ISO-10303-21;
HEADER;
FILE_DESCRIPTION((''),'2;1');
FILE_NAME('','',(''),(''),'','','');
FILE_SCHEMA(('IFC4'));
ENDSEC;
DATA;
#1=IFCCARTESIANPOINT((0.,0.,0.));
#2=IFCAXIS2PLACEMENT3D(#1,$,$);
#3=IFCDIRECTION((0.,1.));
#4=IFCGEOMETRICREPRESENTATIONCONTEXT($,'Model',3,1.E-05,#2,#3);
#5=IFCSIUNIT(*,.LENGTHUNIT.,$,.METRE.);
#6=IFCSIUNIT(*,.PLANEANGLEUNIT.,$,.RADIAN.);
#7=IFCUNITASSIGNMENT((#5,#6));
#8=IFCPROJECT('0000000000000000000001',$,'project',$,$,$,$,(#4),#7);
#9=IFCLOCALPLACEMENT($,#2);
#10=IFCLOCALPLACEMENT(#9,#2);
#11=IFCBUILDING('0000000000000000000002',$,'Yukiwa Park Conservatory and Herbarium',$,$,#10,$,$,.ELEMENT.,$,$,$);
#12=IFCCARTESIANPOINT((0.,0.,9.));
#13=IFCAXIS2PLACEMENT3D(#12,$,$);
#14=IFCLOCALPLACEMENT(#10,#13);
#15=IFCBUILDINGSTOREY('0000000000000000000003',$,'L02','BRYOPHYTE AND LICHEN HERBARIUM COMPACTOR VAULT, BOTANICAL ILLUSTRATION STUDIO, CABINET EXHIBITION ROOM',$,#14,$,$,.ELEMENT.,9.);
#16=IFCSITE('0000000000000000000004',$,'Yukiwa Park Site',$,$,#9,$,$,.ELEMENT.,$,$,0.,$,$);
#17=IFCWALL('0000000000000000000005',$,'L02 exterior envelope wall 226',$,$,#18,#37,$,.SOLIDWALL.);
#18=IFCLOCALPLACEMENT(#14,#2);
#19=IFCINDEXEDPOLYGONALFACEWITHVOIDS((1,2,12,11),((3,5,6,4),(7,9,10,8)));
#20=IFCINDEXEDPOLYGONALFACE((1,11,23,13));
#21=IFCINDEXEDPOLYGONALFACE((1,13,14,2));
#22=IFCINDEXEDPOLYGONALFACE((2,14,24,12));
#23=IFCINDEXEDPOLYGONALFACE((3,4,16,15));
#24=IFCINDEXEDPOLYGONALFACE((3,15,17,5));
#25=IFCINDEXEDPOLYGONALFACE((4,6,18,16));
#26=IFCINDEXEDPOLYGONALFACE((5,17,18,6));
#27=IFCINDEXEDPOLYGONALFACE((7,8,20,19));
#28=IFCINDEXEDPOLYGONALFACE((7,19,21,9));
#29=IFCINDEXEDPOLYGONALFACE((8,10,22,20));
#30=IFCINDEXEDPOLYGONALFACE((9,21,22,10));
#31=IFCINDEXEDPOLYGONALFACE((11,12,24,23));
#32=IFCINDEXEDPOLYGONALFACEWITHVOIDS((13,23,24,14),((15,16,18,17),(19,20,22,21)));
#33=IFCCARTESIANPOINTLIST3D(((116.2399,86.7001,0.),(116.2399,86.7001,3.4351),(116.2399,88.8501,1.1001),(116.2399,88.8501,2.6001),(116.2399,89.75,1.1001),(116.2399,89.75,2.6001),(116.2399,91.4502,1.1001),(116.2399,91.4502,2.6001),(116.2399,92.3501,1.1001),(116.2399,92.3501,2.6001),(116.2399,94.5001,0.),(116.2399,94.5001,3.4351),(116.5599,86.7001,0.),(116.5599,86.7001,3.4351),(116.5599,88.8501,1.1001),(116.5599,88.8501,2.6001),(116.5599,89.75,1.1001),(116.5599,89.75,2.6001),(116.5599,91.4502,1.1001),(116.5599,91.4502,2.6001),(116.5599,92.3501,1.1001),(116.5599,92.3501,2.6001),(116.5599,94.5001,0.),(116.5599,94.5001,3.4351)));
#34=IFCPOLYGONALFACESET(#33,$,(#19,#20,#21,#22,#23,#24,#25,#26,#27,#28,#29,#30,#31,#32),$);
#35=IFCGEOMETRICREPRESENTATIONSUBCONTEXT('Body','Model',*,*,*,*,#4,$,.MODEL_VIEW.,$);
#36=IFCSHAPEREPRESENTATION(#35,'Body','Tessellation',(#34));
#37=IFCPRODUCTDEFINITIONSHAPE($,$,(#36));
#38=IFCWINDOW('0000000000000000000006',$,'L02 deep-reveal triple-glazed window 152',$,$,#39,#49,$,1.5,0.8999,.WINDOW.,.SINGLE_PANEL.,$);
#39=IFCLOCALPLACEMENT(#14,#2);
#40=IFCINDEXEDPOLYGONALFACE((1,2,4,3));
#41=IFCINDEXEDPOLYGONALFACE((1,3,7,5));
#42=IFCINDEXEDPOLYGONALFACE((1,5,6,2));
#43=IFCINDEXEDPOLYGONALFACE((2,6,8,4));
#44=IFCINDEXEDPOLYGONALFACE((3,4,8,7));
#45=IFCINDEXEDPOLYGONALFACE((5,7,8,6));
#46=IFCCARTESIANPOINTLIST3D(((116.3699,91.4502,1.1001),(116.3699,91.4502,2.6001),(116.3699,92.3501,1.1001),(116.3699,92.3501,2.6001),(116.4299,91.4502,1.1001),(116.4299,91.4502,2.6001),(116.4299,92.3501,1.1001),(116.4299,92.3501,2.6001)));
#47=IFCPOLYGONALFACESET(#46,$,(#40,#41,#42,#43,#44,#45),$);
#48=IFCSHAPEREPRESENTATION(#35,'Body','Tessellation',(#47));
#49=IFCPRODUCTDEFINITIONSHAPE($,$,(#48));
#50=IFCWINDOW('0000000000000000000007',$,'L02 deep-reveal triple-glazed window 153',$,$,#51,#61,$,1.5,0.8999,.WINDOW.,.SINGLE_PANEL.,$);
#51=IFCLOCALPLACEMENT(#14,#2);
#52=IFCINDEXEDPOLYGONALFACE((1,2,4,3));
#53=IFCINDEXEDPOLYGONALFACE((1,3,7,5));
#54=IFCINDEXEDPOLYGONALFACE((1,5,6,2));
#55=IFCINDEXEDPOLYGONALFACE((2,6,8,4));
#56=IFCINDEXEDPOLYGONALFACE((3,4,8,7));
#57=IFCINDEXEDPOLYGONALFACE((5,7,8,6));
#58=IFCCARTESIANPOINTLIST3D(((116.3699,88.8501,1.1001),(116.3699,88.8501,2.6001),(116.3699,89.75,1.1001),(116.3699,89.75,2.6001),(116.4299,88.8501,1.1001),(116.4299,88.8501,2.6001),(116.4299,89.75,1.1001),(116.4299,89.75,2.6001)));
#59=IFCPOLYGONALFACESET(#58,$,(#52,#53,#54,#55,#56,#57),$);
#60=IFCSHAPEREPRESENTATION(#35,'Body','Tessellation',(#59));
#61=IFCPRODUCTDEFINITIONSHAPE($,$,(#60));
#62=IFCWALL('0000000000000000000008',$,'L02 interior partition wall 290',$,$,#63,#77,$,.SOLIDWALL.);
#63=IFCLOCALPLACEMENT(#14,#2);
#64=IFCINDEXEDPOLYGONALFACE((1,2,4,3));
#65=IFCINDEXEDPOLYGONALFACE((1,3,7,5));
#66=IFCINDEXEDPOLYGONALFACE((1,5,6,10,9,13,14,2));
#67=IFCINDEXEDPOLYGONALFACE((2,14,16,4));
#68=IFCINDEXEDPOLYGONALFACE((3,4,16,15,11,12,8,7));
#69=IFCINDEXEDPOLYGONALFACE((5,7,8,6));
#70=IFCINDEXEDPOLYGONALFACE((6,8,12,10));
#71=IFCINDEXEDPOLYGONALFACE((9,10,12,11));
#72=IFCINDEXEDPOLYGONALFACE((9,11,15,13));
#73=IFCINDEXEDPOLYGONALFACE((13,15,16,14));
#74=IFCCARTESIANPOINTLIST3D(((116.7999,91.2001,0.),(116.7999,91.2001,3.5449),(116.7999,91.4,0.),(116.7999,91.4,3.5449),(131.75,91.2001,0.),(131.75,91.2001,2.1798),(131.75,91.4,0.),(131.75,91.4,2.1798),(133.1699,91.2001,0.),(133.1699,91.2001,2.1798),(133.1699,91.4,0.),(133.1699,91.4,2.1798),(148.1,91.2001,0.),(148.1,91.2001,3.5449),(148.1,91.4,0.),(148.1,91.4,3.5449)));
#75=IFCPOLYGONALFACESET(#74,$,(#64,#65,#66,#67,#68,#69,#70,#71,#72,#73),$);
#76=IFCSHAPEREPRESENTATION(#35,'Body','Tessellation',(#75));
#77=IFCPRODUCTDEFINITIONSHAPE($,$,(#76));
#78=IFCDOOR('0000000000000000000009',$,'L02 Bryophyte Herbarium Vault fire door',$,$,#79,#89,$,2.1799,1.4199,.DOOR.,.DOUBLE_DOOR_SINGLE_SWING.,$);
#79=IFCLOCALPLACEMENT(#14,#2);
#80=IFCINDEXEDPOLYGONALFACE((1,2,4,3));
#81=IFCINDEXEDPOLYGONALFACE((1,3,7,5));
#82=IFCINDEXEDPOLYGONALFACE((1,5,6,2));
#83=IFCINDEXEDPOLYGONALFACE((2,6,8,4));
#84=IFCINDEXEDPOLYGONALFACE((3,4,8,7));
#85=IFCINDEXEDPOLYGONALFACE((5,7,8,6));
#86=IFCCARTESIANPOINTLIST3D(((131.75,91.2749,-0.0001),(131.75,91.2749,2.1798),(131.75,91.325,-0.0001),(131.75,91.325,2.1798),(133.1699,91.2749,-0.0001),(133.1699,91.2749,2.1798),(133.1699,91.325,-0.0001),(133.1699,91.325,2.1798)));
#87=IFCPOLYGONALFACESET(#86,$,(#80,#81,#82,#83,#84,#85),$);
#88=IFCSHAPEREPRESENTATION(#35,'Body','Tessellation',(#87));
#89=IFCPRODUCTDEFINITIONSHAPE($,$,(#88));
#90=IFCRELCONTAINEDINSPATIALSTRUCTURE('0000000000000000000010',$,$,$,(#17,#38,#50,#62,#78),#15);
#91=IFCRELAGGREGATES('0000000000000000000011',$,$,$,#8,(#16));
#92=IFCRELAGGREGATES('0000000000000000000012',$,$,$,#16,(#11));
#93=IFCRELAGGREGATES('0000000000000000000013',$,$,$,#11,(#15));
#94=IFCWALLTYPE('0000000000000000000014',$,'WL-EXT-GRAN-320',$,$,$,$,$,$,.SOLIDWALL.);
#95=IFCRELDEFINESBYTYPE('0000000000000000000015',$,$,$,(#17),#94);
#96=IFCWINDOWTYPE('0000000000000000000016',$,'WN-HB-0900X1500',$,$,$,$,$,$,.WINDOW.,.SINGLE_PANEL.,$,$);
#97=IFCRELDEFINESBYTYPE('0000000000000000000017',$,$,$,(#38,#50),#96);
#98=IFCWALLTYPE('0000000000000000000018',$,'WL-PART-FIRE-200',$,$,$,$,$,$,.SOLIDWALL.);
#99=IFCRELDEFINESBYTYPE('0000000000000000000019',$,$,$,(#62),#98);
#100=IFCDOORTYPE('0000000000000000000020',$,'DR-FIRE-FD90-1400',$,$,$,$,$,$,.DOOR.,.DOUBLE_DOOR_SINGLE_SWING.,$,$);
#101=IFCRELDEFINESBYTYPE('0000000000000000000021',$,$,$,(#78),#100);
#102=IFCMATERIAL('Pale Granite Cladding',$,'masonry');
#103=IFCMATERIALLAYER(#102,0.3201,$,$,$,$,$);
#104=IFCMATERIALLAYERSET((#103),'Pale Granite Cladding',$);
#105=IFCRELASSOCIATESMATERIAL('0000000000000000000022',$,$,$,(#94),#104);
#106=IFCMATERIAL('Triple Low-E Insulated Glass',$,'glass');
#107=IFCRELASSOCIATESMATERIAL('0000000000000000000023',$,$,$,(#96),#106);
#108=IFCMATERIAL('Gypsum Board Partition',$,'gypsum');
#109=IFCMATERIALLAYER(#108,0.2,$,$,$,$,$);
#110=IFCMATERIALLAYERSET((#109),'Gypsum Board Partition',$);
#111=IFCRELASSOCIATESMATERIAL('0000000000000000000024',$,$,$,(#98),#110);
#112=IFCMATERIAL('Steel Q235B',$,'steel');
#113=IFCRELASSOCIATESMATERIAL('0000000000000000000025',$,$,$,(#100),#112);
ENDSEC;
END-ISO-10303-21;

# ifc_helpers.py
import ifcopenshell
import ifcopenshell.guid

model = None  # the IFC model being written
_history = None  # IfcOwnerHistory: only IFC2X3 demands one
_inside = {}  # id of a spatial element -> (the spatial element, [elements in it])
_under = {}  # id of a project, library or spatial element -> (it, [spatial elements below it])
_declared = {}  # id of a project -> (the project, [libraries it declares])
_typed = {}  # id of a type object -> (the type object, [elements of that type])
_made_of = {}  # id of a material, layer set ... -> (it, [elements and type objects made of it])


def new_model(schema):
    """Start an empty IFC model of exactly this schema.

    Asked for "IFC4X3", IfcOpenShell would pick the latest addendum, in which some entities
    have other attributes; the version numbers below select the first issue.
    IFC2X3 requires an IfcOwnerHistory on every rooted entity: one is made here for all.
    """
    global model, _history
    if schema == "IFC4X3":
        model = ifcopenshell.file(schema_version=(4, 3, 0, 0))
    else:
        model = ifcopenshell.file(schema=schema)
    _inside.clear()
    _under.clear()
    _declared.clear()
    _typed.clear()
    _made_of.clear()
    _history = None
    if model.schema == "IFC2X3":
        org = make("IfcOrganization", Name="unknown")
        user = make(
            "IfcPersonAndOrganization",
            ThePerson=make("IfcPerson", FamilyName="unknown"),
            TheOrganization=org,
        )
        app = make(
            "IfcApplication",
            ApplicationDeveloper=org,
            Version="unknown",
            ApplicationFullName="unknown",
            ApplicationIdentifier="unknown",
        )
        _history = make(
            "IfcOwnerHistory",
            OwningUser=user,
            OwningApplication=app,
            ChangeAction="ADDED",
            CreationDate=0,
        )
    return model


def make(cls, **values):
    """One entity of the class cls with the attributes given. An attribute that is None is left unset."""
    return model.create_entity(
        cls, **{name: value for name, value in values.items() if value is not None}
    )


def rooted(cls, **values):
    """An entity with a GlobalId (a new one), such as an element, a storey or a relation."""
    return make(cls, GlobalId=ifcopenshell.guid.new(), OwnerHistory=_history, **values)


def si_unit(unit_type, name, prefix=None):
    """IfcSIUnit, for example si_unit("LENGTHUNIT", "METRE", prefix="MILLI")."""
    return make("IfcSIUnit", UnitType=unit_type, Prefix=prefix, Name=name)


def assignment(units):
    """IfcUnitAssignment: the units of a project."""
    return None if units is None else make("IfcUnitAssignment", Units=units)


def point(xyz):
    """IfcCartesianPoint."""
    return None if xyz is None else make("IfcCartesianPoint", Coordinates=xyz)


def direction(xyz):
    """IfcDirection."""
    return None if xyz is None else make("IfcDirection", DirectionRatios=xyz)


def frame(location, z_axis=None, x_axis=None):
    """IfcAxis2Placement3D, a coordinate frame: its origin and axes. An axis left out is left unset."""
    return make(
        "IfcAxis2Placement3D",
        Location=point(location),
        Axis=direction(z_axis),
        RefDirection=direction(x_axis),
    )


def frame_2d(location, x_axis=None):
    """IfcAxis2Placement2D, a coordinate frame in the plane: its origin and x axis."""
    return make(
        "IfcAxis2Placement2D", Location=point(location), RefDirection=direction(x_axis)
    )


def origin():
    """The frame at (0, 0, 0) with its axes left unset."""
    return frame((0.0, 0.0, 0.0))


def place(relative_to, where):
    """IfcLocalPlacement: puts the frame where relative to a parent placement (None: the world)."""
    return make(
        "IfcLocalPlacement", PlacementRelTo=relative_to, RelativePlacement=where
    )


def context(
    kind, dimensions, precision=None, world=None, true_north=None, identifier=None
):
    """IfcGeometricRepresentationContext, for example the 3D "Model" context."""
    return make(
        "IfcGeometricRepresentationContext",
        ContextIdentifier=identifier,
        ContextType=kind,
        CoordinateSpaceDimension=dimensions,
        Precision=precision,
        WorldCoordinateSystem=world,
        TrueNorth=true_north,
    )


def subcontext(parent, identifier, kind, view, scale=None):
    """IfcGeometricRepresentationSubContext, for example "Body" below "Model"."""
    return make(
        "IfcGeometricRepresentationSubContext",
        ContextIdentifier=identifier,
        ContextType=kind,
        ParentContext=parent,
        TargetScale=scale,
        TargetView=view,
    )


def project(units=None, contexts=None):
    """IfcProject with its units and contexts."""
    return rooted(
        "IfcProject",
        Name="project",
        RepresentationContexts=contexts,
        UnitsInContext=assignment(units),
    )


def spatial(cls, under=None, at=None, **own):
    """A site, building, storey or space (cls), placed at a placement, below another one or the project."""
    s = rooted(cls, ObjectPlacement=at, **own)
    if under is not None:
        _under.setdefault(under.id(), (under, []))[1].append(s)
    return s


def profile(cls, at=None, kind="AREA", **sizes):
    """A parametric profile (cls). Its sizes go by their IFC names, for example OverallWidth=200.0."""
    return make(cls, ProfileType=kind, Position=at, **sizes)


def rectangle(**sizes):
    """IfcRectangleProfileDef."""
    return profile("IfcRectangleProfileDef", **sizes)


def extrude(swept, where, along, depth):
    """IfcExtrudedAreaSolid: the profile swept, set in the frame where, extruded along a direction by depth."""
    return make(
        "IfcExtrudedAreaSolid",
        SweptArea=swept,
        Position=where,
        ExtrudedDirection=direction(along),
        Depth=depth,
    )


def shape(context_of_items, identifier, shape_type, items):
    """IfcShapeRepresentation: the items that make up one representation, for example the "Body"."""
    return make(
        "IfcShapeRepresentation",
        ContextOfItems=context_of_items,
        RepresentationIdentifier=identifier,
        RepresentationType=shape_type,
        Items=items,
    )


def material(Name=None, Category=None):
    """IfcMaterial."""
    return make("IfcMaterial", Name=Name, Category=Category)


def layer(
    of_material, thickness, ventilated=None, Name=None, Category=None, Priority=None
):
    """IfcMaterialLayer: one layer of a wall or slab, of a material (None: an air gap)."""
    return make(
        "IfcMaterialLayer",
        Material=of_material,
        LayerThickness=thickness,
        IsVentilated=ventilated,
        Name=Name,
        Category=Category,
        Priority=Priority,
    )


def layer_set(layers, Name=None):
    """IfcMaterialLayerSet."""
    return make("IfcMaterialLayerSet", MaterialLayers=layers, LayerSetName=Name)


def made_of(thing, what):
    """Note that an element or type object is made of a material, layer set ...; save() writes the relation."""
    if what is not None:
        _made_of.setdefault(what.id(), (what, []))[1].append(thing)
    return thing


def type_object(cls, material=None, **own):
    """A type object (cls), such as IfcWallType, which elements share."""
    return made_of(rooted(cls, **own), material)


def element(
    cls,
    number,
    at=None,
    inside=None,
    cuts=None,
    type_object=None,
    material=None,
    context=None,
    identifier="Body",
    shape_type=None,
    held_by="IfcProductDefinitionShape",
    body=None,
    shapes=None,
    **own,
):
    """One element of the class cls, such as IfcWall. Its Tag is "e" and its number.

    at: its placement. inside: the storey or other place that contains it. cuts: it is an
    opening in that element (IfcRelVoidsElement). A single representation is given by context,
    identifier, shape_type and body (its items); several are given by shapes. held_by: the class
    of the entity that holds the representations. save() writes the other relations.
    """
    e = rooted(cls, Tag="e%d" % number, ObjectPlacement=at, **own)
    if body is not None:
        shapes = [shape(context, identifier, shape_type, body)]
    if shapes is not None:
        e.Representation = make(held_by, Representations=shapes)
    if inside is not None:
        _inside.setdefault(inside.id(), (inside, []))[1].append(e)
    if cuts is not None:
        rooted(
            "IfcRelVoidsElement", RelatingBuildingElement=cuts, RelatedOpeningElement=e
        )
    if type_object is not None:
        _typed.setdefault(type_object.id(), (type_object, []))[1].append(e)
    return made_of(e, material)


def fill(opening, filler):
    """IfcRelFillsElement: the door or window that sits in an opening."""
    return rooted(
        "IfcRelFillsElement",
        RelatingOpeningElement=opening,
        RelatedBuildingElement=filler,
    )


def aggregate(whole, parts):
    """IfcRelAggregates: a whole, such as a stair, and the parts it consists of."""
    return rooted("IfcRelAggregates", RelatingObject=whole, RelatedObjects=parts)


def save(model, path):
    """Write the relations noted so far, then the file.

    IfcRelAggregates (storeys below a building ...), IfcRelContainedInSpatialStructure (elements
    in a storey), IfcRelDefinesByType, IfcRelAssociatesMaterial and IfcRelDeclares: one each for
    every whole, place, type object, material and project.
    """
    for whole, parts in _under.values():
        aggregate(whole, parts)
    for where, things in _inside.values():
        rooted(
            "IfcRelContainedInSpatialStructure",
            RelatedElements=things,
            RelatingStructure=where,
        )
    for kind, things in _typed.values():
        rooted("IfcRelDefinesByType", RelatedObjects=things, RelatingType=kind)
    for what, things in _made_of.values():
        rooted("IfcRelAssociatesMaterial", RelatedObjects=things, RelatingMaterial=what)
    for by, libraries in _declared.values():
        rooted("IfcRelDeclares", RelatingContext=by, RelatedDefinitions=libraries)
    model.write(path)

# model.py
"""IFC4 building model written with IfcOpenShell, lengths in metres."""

from ifc_helpers import new_model, si_unit, direction, frame, frame_2d, origin, place, context, subcontext, project, spatial, rectangle, extrude, material, layer, layer_set, type_object, element, fill, save


model = new_model("IFC4")

# Units and contexts
model_context = context("Model", 3, precision=1e-05, world=origin(), true_north=direction((0.0, 1.0)))
body_context = subcontext(model_context, "Body", "Model", "MODEL_VIEW")
ifc_project = project(units=[si_unit("LENGTHUNIT", "METRE"), si_unit("PLANEANGLEUNIT", "RADIAN")], contexts=[model_context])

# Site, building, storey
site_placement = place(None, origin())
site = spatial("IfcSite", under=ifc_project, at=site_placement, Name="Yukiwa Park Site", CompositionType="ELEMENT", RefElevation=0.0)
building_placement = place(site_placement, origin())
building = spatial("IfcBuilding", under=site, at=building_placement, Name="Yukiwa Park Conservatory and Herbarium", CompositionType="ELEMENT")
storey_placement = place(building_placement, frame((0.0, 0.0, 9.0)))
storey = spatial("IfcBuildingStorey", under=building, at=storey_placement, Name="L02", Description="BRYOPHYTE AND LICHEN HERBARIUM COMPACTOR VAULT, BOTANICAL ILLUSTRATION STUDIO, CABINET EXHIBITION ROOM", CompositionType="ELEMENT", Elevation=9.0)

# Wall, openings, windows
ifc_material_1 = material(Name="Pale Granite Cladding", Category="masonry")
ifc_layer_1 = layer(ifc_material_1, 0.3201)
ifc_layer_set_1 = layer_set([ifc_layer_1], Name="Pale Granite Cladding")
wall_type_1 = type_object("IfcWallType", Name="WL-EXT-GRAN-320", PredefinedType="SOLIDWALL", material=ifc_layer_set_1)
wall_1_placement = place(storey_placement, frame((116.3999, 94.5, 0.0), z_axis=(0.0, 0.0, 1.0), x_axis=(0.0, -1.0, 0.0)))
wall_1 = element("IfcWall", 1, at=wall_1_placement, inside=storey, type_object=wall_type_1, Name="L02 exterior envelope wall 226", PredefinedType="SOLIDWALL", context=body_context, shape_type="SweptSolid", body=[
    extrude(rectangle(XDim=7.8, YDim=0.3201, at=frame_2d((3.8999, 0.0))), origin(), (0.0, 0.0, 1.0), 3.4351),
])
opening_1_placement = place(wall_1_placement, frame((2.1499, 0.0, 1.1001)))
opening_1 = element("IfcOpeningElement", 2, at=opening_1_placement, cuts=wall_1, PredefinedType="OPENING", context=body_context, shape_type="SweptSolid", body=[
    extrude(rectangle(XDim=0.8999, YDim=1.5, at=frame_2d((0.45, 0.75))), frame((0.0, 0.1699, 0.0), z_axis=(0.0, -1.0, 0.0), x_axis=(1.0, 0.0, 0.0)), (0.0, 0.0, 1.0), 0.3401),
])
opening_2_placement = place(wall_1_placement, frame((4.75, 0.0, 1.1001)))
opening_2 = element("IfcOpeningElement", 3, at=opening_2_placement, cuts=wall_1, PredefinedType="OPENING", context=body_context, shape_type="SweptSolid", body=[
    extrude(rectangle(XDim=0.8999, YDim=1.5, at=frame_2d((0.45, 0.75))), frame((0.0, 0.1699, 0.0), z_axis=(0.0, -1.0, 0.0), x_axis=(1.0, 0.0, 0.0)), (0.0, 0.0, 1.0), 0.3401),
])
ifc_material_2 = material(Name="Triple Low-E Insulated Glass", Category="glass")
window_type = type_object("IfcWindowType", Name="WN-HB-0900X1500", PartitioningType="SINGLE_PANEL", PredefinedType="WINDOW", material=ifc_material_2)
window_1_placement = place(opening_1_placement, origin())
window_1 = element("IfcWindow", 4, at=window_1_placement, inside=storey, type_object=window_type, Name="L02 deep-reveal triple-glazed window 152", OverallHeight=1.5, OverallWidth=0.8999, PartitioningType="SINGLE_PANEL", PredefinedType="WINDOW", context=body_context, shape_type="SweptSolid", body=[
    extrude(rectangle(XDim=0.8999, YDim=1.5, at=frame_2d((0.45, 0.75))), frame((0.0, 0.03, 0.0), z_axis=(0.0, -1.0, 0.0), x_axis=(1.0, 0.0, 0.0)), (0.0, 0.0, 1.0), 0.0601),
])
fill(opening_1, window_1)
window_2_placement = place(opening_2_placement, origin())
window_2 = element("IfcWindow", 5, at=window_2_placement, inside=storey, type_object=window_type, Name="L02 deep-reveal triple-glazed window 153", OverallHeight=1.5, OverallWidth=0.8999, PartitioningType="SINGLE_PANEL", PredefinedType="WINDOW", context=body_context, shape_type="SweptSolid", body=[
    extrude(rectangle(XDim=0.8999, YDim=1.5, at=frame_2d((0.45, 0.75))), frame((0.0, 0.03, 0.0), z_axis=(0.0, -1.0, 0.0), x_axis=(1.0, 0.0, 0.0)), (0.0, 0.0, 1.0), 0.0601),
])
fill(opening_2, window_2)

# Wall, opening, door
ifc_material_3 = material(Name="Gypsum Board Partition", Category="gypsum")
ifc_layer_2 = layer(ifc_material_3, 0.2)
ifc_layer_set_2 = layer_set([ifc_layer_2], Name="Gypsum Board Partition")
wall_type_2 = type_object("IfcWallType", Name="WL-PART-FIRE-200", PredefinedType="SOLIDWALL", material=ifc_layer_set_2)
wall_2_placement = place(storey_placement, frame((116.8, 91.3, 0.0), z_axis=(0.0, 0.0, 1.0), x_axis=(1.0, 0.0, 0.0)))
wall_2 = element("IfcWall", 6, at=wall_2_placement, inside=storey, type_object=wall_type_2, Name="L02 interior partition wall 290", PredefinedType="SOLIDWALL", context=body_context, shape_type="SweptSolid", body=[
    extrude(rectangle(XDim=31.3, YDim=0.2, at=frame_2d((15.6499, 0.0))), origin(), (0.0, 0.0, 1.0), 3.5449),
])
opening_3_placement = place(wall_2_placement, frame((14.95, 0.0, 0.0)))
opening_3 = element("IfcOpeningElement", 7, at=opening_3_placement, cuts=wall_2, PredefinedType="OPENING", context=body_context, shape_type="SweptSolid", body=[
    extrude(rectangle(XDim=1.4199, YDim=2.1799, at=frame_2d((0.71, 1.0898))), frame((0.0, 0.1099, 0.0), z_axis=(0.0, -1.0, 0.0), x_axis=(1.0, 0.0, 0.0)), (0.0, 0.0, 1.0), 0.22),
])
ifc_material_4 = material(Name="Steel Q235B", Category="steel")
door_type = type_object("IfcDoorType", Name="DR-FIRE-FD90-1400", OperationType="DOUBLE_DOOR_SINGLE_SWING", PredefinedType="DOOR", material=ifc_material_4)
door_placement = place(opening_3_placement, origin())
door = element("IfcDoor", 8, at=door_placement, inside=storey, type_object=door_type, Name="L02 Bryophyte Herbarium Vault fire door", OperationType="DOUBLE_DOOR_SINGLE_SWING", OverallHeight=2.1799, OverallWidth=1.4199, PredefinedType="DOOR", context=body_context, shape_type="SweptSolid", body=[
    extrude(rectangle(XDim=1.4199, YDim=2.1799, at=frame_2d((0.71, 1.0898))), frame((0.0, 0.0249, 0.0), z_axis=(0.0, -1.0, 0.0), x_axis=(1.0, 0.0, 0.0)), (0.0, 0.0, 1.0), 0.05),
])
fill(opening_3, door)

save(model, "model.ifc")
